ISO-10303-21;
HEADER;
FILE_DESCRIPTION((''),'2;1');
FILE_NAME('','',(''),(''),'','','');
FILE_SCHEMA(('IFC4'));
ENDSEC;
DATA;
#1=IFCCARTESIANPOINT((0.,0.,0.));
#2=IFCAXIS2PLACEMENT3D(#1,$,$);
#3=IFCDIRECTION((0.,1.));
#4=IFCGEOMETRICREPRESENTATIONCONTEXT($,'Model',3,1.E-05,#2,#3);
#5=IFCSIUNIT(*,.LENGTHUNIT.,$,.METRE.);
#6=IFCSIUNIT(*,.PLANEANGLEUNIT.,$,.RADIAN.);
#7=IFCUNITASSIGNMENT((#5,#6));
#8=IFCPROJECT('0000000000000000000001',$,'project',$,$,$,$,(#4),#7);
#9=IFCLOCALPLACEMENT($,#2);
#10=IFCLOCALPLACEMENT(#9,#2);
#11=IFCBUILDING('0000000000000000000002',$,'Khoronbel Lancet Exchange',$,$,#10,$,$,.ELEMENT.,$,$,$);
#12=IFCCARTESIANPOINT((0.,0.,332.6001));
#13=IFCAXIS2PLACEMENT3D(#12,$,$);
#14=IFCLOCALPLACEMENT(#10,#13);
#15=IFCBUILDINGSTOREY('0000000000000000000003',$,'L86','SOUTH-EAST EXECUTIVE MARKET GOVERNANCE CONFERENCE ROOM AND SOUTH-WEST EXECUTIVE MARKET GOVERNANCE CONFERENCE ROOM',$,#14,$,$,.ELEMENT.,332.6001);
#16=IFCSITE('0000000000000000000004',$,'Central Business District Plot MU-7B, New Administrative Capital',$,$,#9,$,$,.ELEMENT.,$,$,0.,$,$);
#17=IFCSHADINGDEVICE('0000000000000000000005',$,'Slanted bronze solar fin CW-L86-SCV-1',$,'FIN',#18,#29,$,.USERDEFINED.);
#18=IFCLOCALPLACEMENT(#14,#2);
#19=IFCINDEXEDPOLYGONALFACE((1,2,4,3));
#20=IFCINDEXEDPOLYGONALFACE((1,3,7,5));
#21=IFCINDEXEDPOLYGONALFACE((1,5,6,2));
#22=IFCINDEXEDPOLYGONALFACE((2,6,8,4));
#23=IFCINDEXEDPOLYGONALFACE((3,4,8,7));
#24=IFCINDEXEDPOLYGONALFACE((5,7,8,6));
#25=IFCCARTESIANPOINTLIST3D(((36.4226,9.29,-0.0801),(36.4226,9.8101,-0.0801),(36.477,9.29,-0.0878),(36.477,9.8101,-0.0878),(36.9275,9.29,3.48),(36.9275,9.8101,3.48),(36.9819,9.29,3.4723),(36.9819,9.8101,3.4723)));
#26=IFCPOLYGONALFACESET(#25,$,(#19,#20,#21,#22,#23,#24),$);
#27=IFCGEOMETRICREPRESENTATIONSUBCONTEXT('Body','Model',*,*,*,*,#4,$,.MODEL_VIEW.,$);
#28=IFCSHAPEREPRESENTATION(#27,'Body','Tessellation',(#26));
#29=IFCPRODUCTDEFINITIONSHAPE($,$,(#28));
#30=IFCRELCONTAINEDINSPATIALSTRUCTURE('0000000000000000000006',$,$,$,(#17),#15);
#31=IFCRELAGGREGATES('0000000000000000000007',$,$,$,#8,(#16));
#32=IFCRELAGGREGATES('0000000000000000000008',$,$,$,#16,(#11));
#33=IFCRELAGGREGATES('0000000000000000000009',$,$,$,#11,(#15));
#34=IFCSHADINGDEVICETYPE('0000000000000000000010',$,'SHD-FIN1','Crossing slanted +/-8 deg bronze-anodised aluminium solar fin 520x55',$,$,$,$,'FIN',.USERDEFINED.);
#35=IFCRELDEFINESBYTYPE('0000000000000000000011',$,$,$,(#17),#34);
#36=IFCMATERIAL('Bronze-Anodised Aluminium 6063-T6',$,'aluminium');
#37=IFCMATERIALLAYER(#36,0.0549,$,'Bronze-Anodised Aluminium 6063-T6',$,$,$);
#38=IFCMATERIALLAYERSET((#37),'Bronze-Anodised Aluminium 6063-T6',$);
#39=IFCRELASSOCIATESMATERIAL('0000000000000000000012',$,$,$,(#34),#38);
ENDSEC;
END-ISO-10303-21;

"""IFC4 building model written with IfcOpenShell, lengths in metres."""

from ifc_helpers import new_model, si_unit, direction, frame, origin, place, context, subcontext, project, spatial, polyline, outline, extrude, material, layer, layer_set, type_object, element, save


model = new_model("IFC4")

# Units and contexts
model_context = context("Model", 3, precision=1e-05, world=origin(), true_north=direction((0.0, 1.0)))
body_context = subcontext(model_context, "Body", "Model", "MODEL_VIEW")
ifc_project = project(units=[si_unit("LENGTHUNIT", "METRE"), si_unit("PLANEANGLEUNIT", "RADIAN")], contexts=[model_context])

# Site, building, storey
site_placement = place(None, origin())
site = spatial("IfcSite", under=ifc_project, at=site_placement, Name="Central Business District Plot MU-7B, New Administrative Capital", CompositionType="ELEMENT", RefElevation=0.0)
building_placement = place(site_placement, origin())
building = spatial("IfcBuilding", under=site, at=building_placement, Name="Khoronbel Lancet Exchange", CompositionType="ELEMENT")
storey_placement = place(building_placement, frame((0.0, 0.0, 332.6001)))
storey = spatial("IfcBuildingStorey", under=building, at=storey_placement, Name="L86", Description="SOUTH-EAST EXECUTIVE MARKET GOVERNANCE CONFERENCE ROOM AND SOUTH-WEST EXECUTIVE MARKET GOVERNANCE CONFERENCE ROOM", CompositionType="ELEMENT", Elevation=332.6001)

# Shared definitions
ifc_material_1 = material(Name="Bronze-Anodised Aluminium 6063-T6", Category="aluminium")

# Shading device
ifc_layer_1 = layer(ifc_material_1, 0.0549, Name="Bronze-Anodised Aluminium 6063-T6")
ifc_layer_set_1 = layer_set([ifc_layer_1], Name="Bronze-Anodised Aluminium 6063-T6")
shading_device_type = type_object("IfcShadingDeviceType", Name="SHD-FIN1", Description="Crossing slanted +/-8 deg bronze-anodised aluminium solar fin 520x55", ElementType="FIN", PredefinedType="USERDEFINED", material=ifc_layer_set_1)
shading_device_placement = place(storey_placement, frame((36.4226, 9.8101, -0.0801), z_axis=(-0.990093, 0.0, 0.140414), x_axis=(0.0, -1.0, 0.0)))
element("IfcShadingDevice", 1, at=shading_device_placement, inside=storey, type_object=shading_device_type, Name="Slanted bronze solar fin CW-L86-SCV-1", ObjectType="FIN", PredefinedType="USERDEFINED", context=body_context, shape_type="SweptSolid", body=[
    extrude(outline(polyline([(0.0, 0.0), (0.52, 0.0), (0.52, 3.5957), (0.0, 3.5957), (0.0, 0.0)])), origin(), (0.0, 0.0, -1.0), 0.0549),
])

save(model, "model.ifc")
